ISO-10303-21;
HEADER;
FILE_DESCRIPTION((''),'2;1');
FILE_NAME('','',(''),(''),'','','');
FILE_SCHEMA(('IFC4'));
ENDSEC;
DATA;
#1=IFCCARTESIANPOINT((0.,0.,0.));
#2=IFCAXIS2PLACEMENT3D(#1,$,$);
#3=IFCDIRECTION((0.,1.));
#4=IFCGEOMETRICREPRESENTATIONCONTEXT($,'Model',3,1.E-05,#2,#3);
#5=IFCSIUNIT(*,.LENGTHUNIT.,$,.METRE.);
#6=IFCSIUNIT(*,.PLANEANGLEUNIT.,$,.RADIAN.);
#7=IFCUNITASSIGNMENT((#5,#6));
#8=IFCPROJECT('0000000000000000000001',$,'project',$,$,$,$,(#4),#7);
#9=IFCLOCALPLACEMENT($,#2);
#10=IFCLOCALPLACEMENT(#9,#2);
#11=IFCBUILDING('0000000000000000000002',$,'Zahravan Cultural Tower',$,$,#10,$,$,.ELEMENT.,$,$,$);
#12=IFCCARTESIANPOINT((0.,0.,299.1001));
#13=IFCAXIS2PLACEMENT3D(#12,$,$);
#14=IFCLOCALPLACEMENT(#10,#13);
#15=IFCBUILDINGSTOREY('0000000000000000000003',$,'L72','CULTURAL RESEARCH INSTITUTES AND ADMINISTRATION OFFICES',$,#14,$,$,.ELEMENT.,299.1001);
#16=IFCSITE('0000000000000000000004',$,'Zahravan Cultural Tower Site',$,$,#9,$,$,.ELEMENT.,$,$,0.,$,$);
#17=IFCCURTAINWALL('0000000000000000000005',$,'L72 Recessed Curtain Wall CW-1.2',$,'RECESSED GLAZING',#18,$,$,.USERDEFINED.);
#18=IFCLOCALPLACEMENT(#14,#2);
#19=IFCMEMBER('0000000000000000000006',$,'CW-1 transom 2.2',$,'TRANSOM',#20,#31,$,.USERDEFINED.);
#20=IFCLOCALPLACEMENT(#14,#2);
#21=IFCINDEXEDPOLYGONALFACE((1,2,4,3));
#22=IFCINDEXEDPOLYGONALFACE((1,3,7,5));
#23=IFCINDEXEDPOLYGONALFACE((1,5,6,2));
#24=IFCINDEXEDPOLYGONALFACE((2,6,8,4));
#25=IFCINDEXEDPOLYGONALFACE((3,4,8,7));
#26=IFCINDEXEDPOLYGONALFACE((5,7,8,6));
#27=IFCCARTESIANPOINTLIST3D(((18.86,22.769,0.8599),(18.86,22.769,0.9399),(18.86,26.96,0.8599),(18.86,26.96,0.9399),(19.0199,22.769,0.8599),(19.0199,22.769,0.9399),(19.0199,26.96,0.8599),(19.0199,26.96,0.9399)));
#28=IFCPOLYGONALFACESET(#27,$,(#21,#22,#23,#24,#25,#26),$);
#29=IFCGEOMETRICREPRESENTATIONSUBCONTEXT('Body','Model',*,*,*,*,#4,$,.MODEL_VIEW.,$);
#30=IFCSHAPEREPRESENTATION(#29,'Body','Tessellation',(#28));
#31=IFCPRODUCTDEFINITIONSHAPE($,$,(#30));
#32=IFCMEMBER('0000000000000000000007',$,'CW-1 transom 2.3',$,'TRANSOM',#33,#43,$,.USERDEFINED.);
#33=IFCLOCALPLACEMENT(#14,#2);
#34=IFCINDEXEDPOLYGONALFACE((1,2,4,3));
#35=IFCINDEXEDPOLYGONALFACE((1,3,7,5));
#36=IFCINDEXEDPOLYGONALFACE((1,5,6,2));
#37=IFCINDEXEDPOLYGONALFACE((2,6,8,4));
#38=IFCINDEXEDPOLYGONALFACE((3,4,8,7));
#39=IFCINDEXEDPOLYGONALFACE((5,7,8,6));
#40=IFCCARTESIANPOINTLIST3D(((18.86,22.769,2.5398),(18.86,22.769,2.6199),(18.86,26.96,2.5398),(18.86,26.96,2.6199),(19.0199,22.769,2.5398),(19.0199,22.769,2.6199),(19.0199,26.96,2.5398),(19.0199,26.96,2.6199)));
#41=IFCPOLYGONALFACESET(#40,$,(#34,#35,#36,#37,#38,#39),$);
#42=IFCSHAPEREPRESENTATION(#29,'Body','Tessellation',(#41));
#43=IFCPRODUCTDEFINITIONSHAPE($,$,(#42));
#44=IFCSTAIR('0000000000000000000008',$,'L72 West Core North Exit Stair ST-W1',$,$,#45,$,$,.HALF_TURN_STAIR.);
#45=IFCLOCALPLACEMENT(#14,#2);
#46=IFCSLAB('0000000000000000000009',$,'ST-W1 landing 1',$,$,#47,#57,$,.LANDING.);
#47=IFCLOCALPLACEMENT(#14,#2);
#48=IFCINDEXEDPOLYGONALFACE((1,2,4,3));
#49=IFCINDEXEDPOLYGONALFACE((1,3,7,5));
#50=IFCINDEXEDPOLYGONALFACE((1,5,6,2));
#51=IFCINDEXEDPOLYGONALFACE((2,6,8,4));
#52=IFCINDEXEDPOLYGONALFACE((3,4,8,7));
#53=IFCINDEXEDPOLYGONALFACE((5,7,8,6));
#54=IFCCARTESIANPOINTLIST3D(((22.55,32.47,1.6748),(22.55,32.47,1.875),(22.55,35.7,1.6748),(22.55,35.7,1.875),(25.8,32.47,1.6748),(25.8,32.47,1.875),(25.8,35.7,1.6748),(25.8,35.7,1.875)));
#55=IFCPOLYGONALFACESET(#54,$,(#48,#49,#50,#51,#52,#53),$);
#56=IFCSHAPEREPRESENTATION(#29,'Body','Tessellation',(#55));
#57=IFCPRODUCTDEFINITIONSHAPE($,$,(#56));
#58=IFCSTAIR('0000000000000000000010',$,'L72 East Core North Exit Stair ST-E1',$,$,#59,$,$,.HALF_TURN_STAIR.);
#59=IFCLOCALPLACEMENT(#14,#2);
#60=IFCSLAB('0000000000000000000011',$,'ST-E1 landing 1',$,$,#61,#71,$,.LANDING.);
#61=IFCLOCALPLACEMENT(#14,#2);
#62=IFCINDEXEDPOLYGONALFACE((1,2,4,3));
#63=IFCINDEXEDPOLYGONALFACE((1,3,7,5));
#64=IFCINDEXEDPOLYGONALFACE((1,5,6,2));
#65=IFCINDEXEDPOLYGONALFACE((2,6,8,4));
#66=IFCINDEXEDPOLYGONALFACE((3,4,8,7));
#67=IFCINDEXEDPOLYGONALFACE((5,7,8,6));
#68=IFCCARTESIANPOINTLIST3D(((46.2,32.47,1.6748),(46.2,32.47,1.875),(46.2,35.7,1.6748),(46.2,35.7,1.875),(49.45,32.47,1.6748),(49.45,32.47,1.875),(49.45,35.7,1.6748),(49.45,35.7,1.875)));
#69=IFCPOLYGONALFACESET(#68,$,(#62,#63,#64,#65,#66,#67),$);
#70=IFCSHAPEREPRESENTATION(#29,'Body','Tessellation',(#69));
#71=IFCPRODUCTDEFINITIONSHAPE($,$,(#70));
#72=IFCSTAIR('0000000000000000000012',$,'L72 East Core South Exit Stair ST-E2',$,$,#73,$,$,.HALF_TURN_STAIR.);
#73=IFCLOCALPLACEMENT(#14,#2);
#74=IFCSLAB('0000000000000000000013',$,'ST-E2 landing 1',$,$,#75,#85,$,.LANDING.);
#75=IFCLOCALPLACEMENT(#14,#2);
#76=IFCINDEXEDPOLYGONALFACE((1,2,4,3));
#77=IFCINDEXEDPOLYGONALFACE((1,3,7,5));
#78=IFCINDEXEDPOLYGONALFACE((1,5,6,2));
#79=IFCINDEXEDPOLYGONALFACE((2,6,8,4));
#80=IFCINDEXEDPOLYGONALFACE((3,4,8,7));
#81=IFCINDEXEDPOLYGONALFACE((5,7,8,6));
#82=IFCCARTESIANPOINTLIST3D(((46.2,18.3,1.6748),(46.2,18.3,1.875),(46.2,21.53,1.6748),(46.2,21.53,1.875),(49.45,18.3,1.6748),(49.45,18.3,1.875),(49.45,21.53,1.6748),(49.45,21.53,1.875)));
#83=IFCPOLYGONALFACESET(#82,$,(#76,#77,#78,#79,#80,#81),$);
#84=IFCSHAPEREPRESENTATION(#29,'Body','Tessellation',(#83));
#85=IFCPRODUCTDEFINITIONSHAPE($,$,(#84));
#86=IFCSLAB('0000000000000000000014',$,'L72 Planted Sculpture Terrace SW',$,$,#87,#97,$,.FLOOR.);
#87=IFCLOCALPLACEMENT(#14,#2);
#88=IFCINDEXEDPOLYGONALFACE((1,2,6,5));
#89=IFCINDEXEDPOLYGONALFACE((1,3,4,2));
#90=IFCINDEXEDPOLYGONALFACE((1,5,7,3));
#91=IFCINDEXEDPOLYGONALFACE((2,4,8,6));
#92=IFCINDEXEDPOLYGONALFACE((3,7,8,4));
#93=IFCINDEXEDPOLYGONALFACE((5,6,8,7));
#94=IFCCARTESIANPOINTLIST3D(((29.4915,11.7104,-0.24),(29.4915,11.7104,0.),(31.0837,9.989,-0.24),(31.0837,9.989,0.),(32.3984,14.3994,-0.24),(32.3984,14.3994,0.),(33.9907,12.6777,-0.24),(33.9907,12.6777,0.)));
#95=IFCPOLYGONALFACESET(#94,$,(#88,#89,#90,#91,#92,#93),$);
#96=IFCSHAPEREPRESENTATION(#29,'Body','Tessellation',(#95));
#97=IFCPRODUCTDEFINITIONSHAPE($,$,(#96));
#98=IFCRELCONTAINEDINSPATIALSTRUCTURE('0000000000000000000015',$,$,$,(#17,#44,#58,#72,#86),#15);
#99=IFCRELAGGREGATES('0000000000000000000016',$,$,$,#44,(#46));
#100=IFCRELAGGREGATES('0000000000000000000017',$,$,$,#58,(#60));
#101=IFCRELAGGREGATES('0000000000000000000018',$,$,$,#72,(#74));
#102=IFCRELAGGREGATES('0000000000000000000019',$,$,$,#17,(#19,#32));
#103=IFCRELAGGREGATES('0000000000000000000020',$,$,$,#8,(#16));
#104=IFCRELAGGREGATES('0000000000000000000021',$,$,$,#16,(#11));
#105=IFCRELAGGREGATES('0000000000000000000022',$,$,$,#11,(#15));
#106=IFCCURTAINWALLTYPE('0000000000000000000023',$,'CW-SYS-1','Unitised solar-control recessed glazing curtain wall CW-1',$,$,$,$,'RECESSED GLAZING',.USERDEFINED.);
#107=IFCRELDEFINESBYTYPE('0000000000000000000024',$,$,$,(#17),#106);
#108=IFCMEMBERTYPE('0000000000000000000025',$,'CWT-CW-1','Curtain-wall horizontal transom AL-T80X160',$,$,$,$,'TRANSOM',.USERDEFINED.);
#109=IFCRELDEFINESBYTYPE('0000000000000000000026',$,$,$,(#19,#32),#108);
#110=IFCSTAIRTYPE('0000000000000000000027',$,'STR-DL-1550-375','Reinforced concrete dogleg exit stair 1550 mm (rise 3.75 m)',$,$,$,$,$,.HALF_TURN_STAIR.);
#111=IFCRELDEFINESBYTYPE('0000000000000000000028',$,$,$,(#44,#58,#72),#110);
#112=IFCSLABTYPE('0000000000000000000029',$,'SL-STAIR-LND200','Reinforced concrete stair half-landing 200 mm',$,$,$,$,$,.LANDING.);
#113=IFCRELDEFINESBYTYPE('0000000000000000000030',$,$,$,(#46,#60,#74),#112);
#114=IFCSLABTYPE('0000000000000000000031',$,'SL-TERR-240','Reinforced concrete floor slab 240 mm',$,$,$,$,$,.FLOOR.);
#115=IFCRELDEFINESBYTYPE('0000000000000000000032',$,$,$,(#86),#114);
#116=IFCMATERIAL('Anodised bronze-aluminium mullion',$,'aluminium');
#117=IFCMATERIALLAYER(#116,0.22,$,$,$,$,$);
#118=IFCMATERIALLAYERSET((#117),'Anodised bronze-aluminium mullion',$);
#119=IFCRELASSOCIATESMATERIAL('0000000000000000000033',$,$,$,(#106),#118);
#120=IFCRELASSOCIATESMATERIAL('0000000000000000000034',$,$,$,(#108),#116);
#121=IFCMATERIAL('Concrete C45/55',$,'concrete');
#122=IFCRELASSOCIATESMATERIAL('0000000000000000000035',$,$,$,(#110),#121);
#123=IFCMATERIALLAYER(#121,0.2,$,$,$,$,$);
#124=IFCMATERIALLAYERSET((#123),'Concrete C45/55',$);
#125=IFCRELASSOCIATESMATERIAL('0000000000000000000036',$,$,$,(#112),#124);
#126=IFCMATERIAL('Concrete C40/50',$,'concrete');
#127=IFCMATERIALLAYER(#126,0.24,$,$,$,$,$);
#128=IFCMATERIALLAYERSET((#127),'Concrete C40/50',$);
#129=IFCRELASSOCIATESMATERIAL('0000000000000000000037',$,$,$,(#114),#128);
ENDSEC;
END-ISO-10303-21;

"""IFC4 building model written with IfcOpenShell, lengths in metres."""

from ifc_helpers import new_model, si_unit, direction, frame, origin, origin_2d, place, context, subcontext, project, spatial, polyline, rectangle, outline, extrude, source, transform, mapped, material, layer, layer_set, material_profile, profile_set, type_object, element, aggregate, save


model = new_model("IFC4")

# Units and contexts
model_context = context("Model", 3, precision=1e-05, world=origin(), true_north=direction((0.0, 1.0)))
body_context = subcontext(model_context, "Body", "Model", "MODEL_VIEW")
ifc_project = project(units=[si_unit("LENGTHUNIT", "METRE"), si_unit("PLANEANGLEUNIT", "RADIAN")], contexts=[model_context])

# Site, building, storey
site_placement = place(None, origin())
site = spatial("IfcSite", under=ifc_project, at=site_placement, Name="Zahravan Cultural Tower Site", CompositionType="ELEMENT", RefElevation=0.0)
building_placement = place(site_placement, origin())
building = spatial("IfcBuilding", under=site, at=building_placement, Name="Zahravan Cultural Tower", CompositionType="ELEMENT")
storey_placement = place(building_placement, frame((0.0, 0.0, 299.1001)))
storey = spatial("IfcBuildingStorey", under=building, at=storey_placement, Name="L72", Description="CULTURAL RESEARCH INSTITUTES AND ADMINISTRATION OFFICES", CompositionType="ELEMENT", Elevation=299.1001)

# Curtain wall, members
ifc_material_1 = material(Name="Anodised bronze-aluminium mullion", Category="aluminium")
ifc_layer_1 = layer(ifc_material_1, 0.22)
ifc_layer_set_1 = layer_set([ifc_layer_1], Name="Anodised bronze-aluminium mullion")
curtain_wall_type = type_object("IfcCurtainWallType", Name="CW-SYS-1", Description="Unitised solar-control recessed glazing curtain wall CW-1", ElementType="RECESSED GLAZING", PredefinedType="USERDEFINED", material=ifc_layer_set_1)
curtain_wall_placement = place(storey_placement, origin())
curtain_wall = element("IfcCurtainWall", 1, at=curtain_wall_placement, inside=storey, type_object=curtain_wall_type, Name="L72 Recessed Curtain Wall CW-1.2", ObjectType="RECESSED GLAZING", PredefinedType="USERDEFINED")
ifc_material_profile_1 = material_profile(ifc_material_1, rectangle(XDim=0.1599, YDim=0.0801, at=origin_2d()), Name="AL-T80X160")
ifc_profile_set_1 = profile_set([ifc_material_profile_1], Name="Anodised bronze-aluminium mullion")
member_type_1 = type_object("IfcMemberType", Name="CWT-CW-1", Description="Curtain-wall horizontal transom AL-T80X160", ElementType="TRANSOM", PredefinedType="USERDEFINED", material=ifc_profile_set_1)
shared_shape_1 = source(origin(), body_context, "Body", "SweptSolid", [
    extrude(rectangle(XDim=0.1599, YDim=0.0801, at=origin_2d()), origin(), (0.0, 0.0, 1.0), 4.1909),
])
member_1_placement = place(storey_placement, frame((18.9399, 22.769, 0.8999), z_axis=(0.0, 1.0, 0.0), x_axis=(-1.0, 0.0, 0.0)))
member_1 = element("IfcMember", 2, at=member_1_placement, type_object=member_type_1, Name="CW-1 transom 2.2", ObjectType="TRANSOM", PredefinedType="USERDEFINED", context=body_context, shape_type="MappedRepresentation", body=[
    mapped(shared_shape_1, transform((0.0, 0.0, 0.0), x_axis=(1.0, 0.0, 0.0), y_axis=(0.0, 1.0, 0.0), z_axis=(0.0, 0.0, 1.0), scale=1.0)),
])
member_2_placement = place(storey_placement, frame((18.9399, 22.769, 2.5798), z_axis=(0.0, 1.0, 0.0), x_axis=(-1.0, 0.0, 0.0)))
member_2 = element("IfcMember", 3, at=member_2_placement, type_object=member_type_1, Name="CW-1 transom 2.3", ObjectType="TRANSOM", PredefinedType="USERDEFINED", context=body_context, shape_type="MappedRepresentation", body=[
    mapped(shared_shape_1, transform((0.0, 0.0, 0.0), x_axis=(1.0, 0.0, 0.0), y_axis=(0.0, 1.0, 0.0), z_axis=(0.0, 0.0, 1.0), scale=1.0)),
])

# Stairs, slabs
ifc_material_2 = material(Name="Concrete C45/55", Category="concrete")
stair_type = type_object("IfcStairType", Name="STR-DL-1550-375", Description="Reinforced concrete dogleg exit stair 1550 mm (rise 3.75 m)", PredefinedType="HALF_TURN_STAIR", material=ifc_material_2)
stair_1_placement = place(storey_placement, origin())
stair_1 = element("IfcStair", 4, at=stair_1_placement, inside=storey, type_object=stair_type, Name="L72 West Core North Exit Stair ST-W1", PredefinedType="HALF_TURN_STAIR")
ifc_layer_2 = layer(ifc_material_2, 0.2)
ifc_layer_set_2 = layer_set([ifc_layer_2], Name="Concrete C45/55")
slab_type_1 = type_object("IfcSlabType", Name="SL-STAIR-LND200", Description="Reinforced concrete stair half-landing 200 mm", PredefinedType="LANDING", material=ifc_layer_set_2)
slab_1_placement = place(storey_placement, frame((0.0, 0.0, 1.6748)))
slab_1 = element("IfcSlab", 5, at=slab_1_placement, type_object=slab_type_1, Name="ST-W1 landing 1", PredefinedType="LANDING", context=body_context, shape_type="SweptSolid", body=[
    extrude(outline(polyline([(25.8, 32.47), (25.8, 35.7), (22.55, 35.7), (22.55, 32.47), (25.8, 32.47)])), origin(), (0.0, 0.0, 1.0), 0.2002),
])
aggregate(stair_1, [slab_1])
stair_2_placement = place(storey_placement, origin())
stair_2 = element("IfcStair", 6, at=stair_2_placement, inside=storey, type_object=stair_type, Name="L72 East Core North Exit Stair ST-E1", PredefinedType="HALF_TURN_STAIR")
slab_2_placement = place(storey_placement, frame((0.0, 0.0, 1.6748)))
slab_2 = element("IfcSlab", 7, at=slab_2_placement, type_object=slab_type_1, Name="ST-E1 landing 1", PredefinedType="LANDING", context=body_context, shape_type="SweptSolid", body=[
    extrude(outline(polyline([(49.45, 32.47), (49.45, 35.7), (46.2, 35.7), (46.2, 32.47), (49.45, 32.47)])), origin(), (0.0, 0.0, 1.0), 0.2002),
])
aggregate(stair_2, [slab_2])
stair_3_placement = place(storey_placement, origin())
stair_3 = element("IfcStair", 8, at=stair_3_placement, inside=storey, type_object=stair_type, Name="L72 East Core South Exit Stair ST-E2", PredefinedType="HALF_TURN_STAIR")
slab_3_placement = place(storey_placement, frame((0.0, 0.0, 1.6748)))
slab_3 = element("IfcSlab", 9, at=slab_3_placement, type_object=slab_type_1, Name="ST-E2 landing 1", PredefinedType="LANDING", context=body_context, shape_type="SweptSolid", body=[
    extrude(outline(polyline([(46.2, 21.53), (46.2, 18.3), (49.45, 18.3), (49.45, 21.53), (46.2, 21.53)])), origin(), (0.0, 0.0, 1.0), 0.2002),
])
aggregate(stair_3, [slab_3])

# Slab
ifc_material_3 = material(Name="Concrete C40/50", Category="concrete")
ifc_layer_3 = layer(ifc_material_3, 0.24)
ifc_layer_set_3 = layer_set([ifc_layer_3], Name="Concrete C40/50")
slab_type_2 = type_object("IfcSlabType", Name="SL-TERR-240", Description="Reinforced concrete floor slab 240 mm", PredefinedType="FLOOR", material=ifc_layer_set_3)
slab_4_placement = place(storey_placement, frame((0.0, 0.0, -0.24)))
element("IfcSlab", 10, at=slab_4_placement, inside=storey, type_object=slab_type_2, Name="L72 Planted Sculpture Terrace SW", PredefinedType="FLOOR", context=body_context, shape_type="SweptSolid", body=[
    extrude(outline(polyline([(33.9907, 12.6777), (32.3984, 14.3994), (29.4915, 11.7104), (31.0837, 9.989), (33.9907, 12.6777)])), origin(), (0.0, 0.0, 1.0), 0.24),
])

aggregate(curtain_wall, [member_1, member_2])

save(model, "model.ifc")
